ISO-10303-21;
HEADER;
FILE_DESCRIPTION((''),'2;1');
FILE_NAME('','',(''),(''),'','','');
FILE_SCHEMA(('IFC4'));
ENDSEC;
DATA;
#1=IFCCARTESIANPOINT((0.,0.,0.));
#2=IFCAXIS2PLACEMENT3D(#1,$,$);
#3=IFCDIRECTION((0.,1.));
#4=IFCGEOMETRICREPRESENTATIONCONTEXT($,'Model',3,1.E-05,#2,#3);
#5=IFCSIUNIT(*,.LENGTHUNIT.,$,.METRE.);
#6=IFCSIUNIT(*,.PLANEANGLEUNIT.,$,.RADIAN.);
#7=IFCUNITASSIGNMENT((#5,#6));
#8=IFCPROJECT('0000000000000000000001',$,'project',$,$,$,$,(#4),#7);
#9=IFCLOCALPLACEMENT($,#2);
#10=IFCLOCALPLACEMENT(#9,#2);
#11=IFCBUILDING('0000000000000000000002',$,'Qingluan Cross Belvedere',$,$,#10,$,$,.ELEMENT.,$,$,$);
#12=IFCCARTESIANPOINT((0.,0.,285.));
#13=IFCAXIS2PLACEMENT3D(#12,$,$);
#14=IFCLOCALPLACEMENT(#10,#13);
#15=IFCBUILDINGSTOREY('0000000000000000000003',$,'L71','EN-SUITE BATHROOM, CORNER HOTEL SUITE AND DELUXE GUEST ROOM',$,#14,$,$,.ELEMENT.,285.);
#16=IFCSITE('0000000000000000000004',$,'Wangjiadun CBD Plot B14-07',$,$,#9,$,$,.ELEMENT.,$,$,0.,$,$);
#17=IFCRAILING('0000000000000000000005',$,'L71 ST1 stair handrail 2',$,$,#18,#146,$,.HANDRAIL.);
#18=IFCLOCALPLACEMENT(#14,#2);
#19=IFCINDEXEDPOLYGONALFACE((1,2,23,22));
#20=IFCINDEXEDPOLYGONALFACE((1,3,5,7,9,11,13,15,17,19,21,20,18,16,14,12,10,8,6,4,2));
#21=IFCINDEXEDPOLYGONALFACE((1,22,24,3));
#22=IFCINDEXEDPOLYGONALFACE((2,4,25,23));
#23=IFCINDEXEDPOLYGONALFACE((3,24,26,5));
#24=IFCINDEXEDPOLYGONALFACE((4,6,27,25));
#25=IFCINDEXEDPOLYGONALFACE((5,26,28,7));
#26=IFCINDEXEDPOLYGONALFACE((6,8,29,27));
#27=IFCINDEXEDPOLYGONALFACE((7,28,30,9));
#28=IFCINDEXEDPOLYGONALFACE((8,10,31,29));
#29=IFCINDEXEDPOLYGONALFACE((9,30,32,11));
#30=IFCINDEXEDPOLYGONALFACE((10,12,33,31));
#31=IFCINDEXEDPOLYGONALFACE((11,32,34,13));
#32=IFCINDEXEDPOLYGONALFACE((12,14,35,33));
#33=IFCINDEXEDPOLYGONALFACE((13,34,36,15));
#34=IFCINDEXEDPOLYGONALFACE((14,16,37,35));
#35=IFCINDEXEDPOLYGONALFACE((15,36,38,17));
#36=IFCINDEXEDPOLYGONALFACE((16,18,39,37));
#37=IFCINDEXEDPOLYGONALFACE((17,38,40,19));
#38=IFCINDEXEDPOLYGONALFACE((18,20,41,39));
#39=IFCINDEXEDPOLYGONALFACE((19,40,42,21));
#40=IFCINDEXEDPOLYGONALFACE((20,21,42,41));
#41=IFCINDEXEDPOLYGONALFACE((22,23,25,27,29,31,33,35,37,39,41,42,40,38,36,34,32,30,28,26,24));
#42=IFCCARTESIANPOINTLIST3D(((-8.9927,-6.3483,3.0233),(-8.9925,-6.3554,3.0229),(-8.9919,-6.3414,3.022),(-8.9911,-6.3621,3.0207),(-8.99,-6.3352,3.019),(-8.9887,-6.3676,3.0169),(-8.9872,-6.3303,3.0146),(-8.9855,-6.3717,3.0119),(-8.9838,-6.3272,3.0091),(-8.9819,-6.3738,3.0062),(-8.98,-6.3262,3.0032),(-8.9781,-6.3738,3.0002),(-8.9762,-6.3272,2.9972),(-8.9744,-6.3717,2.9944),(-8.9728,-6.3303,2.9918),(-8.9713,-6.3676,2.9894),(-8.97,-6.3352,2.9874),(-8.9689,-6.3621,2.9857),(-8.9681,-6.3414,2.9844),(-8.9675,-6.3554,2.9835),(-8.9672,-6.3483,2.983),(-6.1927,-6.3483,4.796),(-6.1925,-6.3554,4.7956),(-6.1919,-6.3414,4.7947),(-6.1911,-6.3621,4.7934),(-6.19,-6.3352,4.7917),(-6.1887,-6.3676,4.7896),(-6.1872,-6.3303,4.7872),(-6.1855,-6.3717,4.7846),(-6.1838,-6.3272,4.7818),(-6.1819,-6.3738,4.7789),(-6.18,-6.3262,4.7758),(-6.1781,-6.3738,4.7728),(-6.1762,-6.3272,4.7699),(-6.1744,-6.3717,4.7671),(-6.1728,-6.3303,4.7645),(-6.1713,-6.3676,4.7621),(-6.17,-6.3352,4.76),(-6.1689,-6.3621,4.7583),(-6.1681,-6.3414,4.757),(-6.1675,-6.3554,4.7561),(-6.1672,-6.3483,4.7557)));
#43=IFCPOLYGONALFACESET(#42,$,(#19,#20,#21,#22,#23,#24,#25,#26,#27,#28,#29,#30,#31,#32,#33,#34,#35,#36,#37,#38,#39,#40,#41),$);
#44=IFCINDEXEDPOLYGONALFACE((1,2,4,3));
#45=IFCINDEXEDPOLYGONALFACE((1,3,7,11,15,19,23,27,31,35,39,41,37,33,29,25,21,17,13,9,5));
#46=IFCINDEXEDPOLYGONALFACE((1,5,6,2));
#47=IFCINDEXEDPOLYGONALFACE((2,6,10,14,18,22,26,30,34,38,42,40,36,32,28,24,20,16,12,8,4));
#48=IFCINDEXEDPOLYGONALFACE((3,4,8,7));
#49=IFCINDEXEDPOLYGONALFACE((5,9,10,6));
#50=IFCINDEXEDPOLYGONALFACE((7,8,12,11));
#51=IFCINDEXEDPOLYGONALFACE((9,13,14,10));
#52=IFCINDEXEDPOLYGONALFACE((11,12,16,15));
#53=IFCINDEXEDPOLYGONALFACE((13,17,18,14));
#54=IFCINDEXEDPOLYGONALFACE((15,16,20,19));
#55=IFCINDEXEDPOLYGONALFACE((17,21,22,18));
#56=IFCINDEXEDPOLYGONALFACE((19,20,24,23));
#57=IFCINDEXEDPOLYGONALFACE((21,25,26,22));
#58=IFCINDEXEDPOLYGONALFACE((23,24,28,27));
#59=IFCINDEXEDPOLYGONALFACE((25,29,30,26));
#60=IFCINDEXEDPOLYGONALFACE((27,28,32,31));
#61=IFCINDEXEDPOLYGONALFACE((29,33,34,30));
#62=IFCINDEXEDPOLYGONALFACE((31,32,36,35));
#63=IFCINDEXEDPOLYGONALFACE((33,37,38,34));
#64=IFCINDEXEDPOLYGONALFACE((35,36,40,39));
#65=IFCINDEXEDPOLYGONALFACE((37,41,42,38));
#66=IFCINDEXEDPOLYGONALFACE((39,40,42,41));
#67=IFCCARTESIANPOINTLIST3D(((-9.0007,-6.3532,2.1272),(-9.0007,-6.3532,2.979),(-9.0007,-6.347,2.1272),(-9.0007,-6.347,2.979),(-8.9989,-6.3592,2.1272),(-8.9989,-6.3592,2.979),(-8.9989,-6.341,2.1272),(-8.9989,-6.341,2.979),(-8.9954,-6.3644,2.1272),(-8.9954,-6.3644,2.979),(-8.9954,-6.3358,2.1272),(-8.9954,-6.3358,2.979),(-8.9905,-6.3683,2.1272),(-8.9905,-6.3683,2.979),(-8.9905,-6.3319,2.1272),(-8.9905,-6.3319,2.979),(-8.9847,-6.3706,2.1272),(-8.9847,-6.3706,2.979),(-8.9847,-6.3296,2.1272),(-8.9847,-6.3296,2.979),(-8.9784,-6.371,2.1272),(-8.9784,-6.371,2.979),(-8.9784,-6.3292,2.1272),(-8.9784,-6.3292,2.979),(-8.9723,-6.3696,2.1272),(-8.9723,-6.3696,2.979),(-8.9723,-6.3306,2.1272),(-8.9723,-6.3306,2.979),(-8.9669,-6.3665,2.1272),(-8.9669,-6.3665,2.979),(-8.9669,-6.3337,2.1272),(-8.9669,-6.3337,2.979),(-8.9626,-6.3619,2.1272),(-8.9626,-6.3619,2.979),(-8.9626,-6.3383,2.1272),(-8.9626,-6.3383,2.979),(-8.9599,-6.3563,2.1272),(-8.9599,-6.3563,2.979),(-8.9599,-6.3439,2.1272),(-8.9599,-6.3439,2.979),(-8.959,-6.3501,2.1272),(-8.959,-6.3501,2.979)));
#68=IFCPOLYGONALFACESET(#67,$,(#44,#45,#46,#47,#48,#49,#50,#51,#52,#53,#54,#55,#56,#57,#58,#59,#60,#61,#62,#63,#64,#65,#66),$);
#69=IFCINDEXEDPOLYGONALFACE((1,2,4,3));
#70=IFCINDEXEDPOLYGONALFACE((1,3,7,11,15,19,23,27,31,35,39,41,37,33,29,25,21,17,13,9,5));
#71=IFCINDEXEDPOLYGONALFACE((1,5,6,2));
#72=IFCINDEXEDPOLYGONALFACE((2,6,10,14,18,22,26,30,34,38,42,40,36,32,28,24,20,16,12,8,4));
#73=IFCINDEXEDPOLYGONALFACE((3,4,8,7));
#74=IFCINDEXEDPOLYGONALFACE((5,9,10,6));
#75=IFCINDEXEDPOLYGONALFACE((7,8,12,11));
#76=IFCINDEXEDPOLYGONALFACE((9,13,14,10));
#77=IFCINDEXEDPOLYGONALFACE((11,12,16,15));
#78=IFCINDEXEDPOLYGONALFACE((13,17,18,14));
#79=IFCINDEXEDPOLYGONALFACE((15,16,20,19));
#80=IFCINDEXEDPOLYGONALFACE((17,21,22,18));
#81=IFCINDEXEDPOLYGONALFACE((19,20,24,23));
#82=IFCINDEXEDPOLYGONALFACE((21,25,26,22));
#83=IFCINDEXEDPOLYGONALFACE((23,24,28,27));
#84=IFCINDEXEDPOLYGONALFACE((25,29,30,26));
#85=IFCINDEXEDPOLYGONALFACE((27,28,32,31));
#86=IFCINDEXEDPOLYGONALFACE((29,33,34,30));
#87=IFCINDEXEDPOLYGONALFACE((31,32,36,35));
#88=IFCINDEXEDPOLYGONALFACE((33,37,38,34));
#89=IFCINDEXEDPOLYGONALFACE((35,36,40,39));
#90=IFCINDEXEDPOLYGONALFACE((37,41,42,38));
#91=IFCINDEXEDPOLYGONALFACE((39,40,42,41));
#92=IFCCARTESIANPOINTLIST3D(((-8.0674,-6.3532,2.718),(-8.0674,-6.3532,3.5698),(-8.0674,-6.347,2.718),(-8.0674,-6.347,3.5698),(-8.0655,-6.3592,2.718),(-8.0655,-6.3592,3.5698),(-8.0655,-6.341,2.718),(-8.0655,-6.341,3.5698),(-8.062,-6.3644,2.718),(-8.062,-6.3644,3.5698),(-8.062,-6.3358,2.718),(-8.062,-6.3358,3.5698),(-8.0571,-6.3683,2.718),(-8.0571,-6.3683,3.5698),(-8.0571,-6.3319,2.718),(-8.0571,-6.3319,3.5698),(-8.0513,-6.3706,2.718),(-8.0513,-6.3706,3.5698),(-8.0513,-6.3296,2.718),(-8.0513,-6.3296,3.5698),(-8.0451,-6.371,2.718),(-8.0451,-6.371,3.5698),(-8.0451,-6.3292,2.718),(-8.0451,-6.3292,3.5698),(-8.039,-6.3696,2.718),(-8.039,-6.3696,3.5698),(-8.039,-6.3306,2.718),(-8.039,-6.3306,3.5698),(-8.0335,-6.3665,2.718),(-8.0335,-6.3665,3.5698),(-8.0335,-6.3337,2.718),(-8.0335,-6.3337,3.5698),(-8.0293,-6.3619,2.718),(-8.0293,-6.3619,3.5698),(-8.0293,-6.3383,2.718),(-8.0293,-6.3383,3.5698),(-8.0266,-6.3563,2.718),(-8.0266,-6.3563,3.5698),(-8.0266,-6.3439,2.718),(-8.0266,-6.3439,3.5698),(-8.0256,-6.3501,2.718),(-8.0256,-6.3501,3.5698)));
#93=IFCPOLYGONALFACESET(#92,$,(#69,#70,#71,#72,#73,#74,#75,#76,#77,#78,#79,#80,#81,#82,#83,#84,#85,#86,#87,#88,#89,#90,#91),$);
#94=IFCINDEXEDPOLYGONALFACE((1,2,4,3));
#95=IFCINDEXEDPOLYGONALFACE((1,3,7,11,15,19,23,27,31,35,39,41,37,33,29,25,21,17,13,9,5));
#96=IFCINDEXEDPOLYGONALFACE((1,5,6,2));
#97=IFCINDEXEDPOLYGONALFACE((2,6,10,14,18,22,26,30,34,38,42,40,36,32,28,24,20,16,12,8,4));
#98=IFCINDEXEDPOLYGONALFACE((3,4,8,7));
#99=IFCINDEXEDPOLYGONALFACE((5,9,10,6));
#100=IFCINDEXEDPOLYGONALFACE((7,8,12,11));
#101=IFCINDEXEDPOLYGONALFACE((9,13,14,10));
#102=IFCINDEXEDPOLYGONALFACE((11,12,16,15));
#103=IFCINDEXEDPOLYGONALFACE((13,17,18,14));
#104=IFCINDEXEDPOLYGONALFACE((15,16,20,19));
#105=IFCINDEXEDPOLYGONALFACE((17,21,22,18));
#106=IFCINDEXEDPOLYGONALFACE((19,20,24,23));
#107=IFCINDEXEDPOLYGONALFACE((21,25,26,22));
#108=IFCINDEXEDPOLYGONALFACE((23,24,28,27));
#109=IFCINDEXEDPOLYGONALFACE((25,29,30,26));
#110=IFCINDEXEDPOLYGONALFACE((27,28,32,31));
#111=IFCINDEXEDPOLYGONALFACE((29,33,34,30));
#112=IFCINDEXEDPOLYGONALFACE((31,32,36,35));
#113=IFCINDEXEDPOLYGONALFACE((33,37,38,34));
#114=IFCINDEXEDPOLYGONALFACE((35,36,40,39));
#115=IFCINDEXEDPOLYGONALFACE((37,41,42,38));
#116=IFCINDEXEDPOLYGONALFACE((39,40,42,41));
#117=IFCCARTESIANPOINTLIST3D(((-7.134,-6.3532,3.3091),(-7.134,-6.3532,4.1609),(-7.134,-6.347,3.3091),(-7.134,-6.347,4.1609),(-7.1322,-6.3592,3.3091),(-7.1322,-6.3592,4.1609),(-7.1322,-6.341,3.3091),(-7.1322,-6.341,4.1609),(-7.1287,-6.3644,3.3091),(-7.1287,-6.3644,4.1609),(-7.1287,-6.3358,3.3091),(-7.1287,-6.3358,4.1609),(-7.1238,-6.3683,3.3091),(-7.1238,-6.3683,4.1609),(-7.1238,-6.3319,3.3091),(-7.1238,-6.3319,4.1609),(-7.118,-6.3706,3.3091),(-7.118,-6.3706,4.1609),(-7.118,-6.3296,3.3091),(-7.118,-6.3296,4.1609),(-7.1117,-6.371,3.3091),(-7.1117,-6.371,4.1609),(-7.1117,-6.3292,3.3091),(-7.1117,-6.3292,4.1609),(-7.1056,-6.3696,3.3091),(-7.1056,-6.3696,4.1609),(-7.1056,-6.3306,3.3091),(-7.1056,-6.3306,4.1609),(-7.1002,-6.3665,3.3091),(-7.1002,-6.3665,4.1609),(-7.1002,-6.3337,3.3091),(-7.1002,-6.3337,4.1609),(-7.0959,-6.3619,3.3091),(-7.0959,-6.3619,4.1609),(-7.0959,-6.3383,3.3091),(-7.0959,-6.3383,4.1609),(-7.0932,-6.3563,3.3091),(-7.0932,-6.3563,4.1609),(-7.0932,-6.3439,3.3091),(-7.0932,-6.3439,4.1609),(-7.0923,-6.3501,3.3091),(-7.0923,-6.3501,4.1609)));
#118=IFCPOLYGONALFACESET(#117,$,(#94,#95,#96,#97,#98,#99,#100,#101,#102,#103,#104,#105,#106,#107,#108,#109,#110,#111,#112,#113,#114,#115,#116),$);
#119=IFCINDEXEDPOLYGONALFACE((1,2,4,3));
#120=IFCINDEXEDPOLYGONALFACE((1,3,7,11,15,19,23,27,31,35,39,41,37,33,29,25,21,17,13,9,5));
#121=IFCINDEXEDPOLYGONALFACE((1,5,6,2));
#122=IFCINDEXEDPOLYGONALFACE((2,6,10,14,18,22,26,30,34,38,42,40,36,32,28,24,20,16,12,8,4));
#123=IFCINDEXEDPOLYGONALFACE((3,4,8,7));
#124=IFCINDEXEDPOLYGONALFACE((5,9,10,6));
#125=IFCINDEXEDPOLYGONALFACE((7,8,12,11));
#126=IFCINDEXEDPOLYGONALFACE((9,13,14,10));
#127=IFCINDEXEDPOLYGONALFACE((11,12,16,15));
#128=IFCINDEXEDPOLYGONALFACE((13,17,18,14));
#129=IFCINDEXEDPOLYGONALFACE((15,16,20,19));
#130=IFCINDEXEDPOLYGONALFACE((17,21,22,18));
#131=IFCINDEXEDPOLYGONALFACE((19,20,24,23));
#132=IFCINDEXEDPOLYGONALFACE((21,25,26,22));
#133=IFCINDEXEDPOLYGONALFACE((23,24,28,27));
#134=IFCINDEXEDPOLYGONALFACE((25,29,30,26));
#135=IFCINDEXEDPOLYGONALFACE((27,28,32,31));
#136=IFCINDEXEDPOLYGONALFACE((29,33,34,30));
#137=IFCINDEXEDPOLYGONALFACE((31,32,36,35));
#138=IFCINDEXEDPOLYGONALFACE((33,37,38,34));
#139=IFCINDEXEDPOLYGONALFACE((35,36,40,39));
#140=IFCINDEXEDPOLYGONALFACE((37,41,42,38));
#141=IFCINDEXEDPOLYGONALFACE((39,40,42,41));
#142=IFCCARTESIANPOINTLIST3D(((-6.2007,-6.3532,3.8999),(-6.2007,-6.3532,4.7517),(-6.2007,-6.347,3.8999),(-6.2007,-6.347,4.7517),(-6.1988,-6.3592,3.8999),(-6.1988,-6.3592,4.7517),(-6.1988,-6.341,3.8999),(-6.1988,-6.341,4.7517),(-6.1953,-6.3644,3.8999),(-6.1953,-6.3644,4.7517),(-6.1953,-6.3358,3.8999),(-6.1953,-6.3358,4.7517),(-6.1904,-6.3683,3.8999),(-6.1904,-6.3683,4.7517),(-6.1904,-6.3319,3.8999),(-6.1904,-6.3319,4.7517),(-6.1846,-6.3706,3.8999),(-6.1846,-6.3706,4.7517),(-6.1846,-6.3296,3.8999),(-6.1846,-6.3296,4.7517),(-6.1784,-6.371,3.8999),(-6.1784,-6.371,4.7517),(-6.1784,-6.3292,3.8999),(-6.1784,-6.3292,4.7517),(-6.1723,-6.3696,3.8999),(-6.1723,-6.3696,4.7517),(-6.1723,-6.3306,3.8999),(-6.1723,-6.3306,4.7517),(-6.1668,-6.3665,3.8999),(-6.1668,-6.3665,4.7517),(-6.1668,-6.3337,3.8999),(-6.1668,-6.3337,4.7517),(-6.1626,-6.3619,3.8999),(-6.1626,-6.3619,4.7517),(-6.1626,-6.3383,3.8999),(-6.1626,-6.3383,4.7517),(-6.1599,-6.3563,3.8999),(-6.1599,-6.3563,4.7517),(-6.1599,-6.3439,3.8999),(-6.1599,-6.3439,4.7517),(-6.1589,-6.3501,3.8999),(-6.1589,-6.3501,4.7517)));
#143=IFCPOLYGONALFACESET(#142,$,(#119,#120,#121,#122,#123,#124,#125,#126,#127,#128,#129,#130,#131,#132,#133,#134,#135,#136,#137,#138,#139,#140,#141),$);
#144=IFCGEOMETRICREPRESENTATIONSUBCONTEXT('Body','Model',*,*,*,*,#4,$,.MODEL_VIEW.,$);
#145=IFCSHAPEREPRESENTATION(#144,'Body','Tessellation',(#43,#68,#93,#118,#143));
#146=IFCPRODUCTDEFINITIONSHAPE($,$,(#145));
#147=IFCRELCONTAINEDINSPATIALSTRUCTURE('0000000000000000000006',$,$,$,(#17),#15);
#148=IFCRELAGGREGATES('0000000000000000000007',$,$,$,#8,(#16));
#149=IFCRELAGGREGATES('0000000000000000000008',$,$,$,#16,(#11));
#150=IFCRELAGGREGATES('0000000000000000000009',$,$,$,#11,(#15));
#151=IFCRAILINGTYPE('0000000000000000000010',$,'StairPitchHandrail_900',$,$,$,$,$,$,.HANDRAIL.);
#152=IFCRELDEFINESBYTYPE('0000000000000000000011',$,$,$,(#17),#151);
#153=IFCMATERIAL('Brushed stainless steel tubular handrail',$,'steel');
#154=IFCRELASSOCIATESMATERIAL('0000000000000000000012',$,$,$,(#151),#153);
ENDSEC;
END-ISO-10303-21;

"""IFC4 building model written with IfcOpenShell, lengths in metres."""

from ifc_helpers import new_model, si_unit, direction, frame, origin, origin_2d, place, context, subcontext, project, spatial, circle, extrude, material, type_object, element, save


model = new_model("IFC4")

# Units and contexts
model_context = context("Model", 3, precision=1e-05, world=origin(), true_north=direction((0.0, 1.0)))
body_context = subcontext(model_context, "Body", "Model", "MODEL_VIEW")
ifc_project = project(units=[si_unit("LENGTHUNIT", "METRE"), si_unit("PLANEANGLEUNIT", "RADIAN")], contexts=[model_context])

# Site, building, storey
site_placement = place(None, origin())
site = spatial("IfcSite", under=ifc_project, at=site_placement, Name="Wangjiadun CBD Plot B14-07", CompositionType="ELEMENT", RefElevation=0.0)
building_placement = place(site_placement, origin())
building = spatial("IfcBuilding", under=site, at=building_placement, Name="Qingluan Cross Belvedere", CompositionType="ELEMENT")
storey_placement = place(building_placement, frame((0.0, 0.0, 285.0)))
storey = spatial("IfcBuildingStorey", under=building, at=storey_placement, Name="L71", Description="EN-SUITE BATHROOM, CORNER HOTEL SUITE AND DELUXE GUEST ROOM", CompositionType="ELEMENT", Elevation=285.0)

# Railing
ifc_material_1 = material(Name="Brushed stainless steel tubular handrail", Category="steel")
railing_type_1 = type_object("IfcRailingType", Name="StairPitchHandrail_900", PredefinedType="HANDRAIL", material=ifc_material_1)
railing_1_placement = place(storey_placement, frame((-8.98, -6.3501, 2.1272)))
element("IfcRailing", 1, at=railing_1_placement, inside=storey, type_object=railing_type_1, Name="L71 ST1 stair handrail 2", PredefinedType="HANDRAIL", context=body_context, shape_type="SweptSolid", body=[
    extrude(circle(Radius=0.0239, at=origin_2d()), frame((0.0, 0.0, 0.876), z_axis=(0.844909, 0.0, 0.53491), x_axis=(0.0, 1.0, 0.0)), (0.0, 0.0, 1.0), 3.314),
    extrude(circle(Radius=0.021, at=origin_2d()), origin(), (0.0, 0.0, 1.0), 0.8518),
    extrude(circle(Radius=0.021, at=origin_2d()), frame((0.9333, 0.0, 0.5908)), (0.0, 0.0, 1.0), 0.8518),
    extrude(circle(Radius=0.021, at=origin_2d()), frame((1.8667, 0.0, 1.1819)), (0.0, 0.0, 1.0), 0.8518),
    extrude(circle(Radius=0.021, at=origin_2d()), frame((2.8, 0.0, 1.7727)), (0.0, 0.0, 1.0), 0.8518),
])

save(model, "model.ifc")
